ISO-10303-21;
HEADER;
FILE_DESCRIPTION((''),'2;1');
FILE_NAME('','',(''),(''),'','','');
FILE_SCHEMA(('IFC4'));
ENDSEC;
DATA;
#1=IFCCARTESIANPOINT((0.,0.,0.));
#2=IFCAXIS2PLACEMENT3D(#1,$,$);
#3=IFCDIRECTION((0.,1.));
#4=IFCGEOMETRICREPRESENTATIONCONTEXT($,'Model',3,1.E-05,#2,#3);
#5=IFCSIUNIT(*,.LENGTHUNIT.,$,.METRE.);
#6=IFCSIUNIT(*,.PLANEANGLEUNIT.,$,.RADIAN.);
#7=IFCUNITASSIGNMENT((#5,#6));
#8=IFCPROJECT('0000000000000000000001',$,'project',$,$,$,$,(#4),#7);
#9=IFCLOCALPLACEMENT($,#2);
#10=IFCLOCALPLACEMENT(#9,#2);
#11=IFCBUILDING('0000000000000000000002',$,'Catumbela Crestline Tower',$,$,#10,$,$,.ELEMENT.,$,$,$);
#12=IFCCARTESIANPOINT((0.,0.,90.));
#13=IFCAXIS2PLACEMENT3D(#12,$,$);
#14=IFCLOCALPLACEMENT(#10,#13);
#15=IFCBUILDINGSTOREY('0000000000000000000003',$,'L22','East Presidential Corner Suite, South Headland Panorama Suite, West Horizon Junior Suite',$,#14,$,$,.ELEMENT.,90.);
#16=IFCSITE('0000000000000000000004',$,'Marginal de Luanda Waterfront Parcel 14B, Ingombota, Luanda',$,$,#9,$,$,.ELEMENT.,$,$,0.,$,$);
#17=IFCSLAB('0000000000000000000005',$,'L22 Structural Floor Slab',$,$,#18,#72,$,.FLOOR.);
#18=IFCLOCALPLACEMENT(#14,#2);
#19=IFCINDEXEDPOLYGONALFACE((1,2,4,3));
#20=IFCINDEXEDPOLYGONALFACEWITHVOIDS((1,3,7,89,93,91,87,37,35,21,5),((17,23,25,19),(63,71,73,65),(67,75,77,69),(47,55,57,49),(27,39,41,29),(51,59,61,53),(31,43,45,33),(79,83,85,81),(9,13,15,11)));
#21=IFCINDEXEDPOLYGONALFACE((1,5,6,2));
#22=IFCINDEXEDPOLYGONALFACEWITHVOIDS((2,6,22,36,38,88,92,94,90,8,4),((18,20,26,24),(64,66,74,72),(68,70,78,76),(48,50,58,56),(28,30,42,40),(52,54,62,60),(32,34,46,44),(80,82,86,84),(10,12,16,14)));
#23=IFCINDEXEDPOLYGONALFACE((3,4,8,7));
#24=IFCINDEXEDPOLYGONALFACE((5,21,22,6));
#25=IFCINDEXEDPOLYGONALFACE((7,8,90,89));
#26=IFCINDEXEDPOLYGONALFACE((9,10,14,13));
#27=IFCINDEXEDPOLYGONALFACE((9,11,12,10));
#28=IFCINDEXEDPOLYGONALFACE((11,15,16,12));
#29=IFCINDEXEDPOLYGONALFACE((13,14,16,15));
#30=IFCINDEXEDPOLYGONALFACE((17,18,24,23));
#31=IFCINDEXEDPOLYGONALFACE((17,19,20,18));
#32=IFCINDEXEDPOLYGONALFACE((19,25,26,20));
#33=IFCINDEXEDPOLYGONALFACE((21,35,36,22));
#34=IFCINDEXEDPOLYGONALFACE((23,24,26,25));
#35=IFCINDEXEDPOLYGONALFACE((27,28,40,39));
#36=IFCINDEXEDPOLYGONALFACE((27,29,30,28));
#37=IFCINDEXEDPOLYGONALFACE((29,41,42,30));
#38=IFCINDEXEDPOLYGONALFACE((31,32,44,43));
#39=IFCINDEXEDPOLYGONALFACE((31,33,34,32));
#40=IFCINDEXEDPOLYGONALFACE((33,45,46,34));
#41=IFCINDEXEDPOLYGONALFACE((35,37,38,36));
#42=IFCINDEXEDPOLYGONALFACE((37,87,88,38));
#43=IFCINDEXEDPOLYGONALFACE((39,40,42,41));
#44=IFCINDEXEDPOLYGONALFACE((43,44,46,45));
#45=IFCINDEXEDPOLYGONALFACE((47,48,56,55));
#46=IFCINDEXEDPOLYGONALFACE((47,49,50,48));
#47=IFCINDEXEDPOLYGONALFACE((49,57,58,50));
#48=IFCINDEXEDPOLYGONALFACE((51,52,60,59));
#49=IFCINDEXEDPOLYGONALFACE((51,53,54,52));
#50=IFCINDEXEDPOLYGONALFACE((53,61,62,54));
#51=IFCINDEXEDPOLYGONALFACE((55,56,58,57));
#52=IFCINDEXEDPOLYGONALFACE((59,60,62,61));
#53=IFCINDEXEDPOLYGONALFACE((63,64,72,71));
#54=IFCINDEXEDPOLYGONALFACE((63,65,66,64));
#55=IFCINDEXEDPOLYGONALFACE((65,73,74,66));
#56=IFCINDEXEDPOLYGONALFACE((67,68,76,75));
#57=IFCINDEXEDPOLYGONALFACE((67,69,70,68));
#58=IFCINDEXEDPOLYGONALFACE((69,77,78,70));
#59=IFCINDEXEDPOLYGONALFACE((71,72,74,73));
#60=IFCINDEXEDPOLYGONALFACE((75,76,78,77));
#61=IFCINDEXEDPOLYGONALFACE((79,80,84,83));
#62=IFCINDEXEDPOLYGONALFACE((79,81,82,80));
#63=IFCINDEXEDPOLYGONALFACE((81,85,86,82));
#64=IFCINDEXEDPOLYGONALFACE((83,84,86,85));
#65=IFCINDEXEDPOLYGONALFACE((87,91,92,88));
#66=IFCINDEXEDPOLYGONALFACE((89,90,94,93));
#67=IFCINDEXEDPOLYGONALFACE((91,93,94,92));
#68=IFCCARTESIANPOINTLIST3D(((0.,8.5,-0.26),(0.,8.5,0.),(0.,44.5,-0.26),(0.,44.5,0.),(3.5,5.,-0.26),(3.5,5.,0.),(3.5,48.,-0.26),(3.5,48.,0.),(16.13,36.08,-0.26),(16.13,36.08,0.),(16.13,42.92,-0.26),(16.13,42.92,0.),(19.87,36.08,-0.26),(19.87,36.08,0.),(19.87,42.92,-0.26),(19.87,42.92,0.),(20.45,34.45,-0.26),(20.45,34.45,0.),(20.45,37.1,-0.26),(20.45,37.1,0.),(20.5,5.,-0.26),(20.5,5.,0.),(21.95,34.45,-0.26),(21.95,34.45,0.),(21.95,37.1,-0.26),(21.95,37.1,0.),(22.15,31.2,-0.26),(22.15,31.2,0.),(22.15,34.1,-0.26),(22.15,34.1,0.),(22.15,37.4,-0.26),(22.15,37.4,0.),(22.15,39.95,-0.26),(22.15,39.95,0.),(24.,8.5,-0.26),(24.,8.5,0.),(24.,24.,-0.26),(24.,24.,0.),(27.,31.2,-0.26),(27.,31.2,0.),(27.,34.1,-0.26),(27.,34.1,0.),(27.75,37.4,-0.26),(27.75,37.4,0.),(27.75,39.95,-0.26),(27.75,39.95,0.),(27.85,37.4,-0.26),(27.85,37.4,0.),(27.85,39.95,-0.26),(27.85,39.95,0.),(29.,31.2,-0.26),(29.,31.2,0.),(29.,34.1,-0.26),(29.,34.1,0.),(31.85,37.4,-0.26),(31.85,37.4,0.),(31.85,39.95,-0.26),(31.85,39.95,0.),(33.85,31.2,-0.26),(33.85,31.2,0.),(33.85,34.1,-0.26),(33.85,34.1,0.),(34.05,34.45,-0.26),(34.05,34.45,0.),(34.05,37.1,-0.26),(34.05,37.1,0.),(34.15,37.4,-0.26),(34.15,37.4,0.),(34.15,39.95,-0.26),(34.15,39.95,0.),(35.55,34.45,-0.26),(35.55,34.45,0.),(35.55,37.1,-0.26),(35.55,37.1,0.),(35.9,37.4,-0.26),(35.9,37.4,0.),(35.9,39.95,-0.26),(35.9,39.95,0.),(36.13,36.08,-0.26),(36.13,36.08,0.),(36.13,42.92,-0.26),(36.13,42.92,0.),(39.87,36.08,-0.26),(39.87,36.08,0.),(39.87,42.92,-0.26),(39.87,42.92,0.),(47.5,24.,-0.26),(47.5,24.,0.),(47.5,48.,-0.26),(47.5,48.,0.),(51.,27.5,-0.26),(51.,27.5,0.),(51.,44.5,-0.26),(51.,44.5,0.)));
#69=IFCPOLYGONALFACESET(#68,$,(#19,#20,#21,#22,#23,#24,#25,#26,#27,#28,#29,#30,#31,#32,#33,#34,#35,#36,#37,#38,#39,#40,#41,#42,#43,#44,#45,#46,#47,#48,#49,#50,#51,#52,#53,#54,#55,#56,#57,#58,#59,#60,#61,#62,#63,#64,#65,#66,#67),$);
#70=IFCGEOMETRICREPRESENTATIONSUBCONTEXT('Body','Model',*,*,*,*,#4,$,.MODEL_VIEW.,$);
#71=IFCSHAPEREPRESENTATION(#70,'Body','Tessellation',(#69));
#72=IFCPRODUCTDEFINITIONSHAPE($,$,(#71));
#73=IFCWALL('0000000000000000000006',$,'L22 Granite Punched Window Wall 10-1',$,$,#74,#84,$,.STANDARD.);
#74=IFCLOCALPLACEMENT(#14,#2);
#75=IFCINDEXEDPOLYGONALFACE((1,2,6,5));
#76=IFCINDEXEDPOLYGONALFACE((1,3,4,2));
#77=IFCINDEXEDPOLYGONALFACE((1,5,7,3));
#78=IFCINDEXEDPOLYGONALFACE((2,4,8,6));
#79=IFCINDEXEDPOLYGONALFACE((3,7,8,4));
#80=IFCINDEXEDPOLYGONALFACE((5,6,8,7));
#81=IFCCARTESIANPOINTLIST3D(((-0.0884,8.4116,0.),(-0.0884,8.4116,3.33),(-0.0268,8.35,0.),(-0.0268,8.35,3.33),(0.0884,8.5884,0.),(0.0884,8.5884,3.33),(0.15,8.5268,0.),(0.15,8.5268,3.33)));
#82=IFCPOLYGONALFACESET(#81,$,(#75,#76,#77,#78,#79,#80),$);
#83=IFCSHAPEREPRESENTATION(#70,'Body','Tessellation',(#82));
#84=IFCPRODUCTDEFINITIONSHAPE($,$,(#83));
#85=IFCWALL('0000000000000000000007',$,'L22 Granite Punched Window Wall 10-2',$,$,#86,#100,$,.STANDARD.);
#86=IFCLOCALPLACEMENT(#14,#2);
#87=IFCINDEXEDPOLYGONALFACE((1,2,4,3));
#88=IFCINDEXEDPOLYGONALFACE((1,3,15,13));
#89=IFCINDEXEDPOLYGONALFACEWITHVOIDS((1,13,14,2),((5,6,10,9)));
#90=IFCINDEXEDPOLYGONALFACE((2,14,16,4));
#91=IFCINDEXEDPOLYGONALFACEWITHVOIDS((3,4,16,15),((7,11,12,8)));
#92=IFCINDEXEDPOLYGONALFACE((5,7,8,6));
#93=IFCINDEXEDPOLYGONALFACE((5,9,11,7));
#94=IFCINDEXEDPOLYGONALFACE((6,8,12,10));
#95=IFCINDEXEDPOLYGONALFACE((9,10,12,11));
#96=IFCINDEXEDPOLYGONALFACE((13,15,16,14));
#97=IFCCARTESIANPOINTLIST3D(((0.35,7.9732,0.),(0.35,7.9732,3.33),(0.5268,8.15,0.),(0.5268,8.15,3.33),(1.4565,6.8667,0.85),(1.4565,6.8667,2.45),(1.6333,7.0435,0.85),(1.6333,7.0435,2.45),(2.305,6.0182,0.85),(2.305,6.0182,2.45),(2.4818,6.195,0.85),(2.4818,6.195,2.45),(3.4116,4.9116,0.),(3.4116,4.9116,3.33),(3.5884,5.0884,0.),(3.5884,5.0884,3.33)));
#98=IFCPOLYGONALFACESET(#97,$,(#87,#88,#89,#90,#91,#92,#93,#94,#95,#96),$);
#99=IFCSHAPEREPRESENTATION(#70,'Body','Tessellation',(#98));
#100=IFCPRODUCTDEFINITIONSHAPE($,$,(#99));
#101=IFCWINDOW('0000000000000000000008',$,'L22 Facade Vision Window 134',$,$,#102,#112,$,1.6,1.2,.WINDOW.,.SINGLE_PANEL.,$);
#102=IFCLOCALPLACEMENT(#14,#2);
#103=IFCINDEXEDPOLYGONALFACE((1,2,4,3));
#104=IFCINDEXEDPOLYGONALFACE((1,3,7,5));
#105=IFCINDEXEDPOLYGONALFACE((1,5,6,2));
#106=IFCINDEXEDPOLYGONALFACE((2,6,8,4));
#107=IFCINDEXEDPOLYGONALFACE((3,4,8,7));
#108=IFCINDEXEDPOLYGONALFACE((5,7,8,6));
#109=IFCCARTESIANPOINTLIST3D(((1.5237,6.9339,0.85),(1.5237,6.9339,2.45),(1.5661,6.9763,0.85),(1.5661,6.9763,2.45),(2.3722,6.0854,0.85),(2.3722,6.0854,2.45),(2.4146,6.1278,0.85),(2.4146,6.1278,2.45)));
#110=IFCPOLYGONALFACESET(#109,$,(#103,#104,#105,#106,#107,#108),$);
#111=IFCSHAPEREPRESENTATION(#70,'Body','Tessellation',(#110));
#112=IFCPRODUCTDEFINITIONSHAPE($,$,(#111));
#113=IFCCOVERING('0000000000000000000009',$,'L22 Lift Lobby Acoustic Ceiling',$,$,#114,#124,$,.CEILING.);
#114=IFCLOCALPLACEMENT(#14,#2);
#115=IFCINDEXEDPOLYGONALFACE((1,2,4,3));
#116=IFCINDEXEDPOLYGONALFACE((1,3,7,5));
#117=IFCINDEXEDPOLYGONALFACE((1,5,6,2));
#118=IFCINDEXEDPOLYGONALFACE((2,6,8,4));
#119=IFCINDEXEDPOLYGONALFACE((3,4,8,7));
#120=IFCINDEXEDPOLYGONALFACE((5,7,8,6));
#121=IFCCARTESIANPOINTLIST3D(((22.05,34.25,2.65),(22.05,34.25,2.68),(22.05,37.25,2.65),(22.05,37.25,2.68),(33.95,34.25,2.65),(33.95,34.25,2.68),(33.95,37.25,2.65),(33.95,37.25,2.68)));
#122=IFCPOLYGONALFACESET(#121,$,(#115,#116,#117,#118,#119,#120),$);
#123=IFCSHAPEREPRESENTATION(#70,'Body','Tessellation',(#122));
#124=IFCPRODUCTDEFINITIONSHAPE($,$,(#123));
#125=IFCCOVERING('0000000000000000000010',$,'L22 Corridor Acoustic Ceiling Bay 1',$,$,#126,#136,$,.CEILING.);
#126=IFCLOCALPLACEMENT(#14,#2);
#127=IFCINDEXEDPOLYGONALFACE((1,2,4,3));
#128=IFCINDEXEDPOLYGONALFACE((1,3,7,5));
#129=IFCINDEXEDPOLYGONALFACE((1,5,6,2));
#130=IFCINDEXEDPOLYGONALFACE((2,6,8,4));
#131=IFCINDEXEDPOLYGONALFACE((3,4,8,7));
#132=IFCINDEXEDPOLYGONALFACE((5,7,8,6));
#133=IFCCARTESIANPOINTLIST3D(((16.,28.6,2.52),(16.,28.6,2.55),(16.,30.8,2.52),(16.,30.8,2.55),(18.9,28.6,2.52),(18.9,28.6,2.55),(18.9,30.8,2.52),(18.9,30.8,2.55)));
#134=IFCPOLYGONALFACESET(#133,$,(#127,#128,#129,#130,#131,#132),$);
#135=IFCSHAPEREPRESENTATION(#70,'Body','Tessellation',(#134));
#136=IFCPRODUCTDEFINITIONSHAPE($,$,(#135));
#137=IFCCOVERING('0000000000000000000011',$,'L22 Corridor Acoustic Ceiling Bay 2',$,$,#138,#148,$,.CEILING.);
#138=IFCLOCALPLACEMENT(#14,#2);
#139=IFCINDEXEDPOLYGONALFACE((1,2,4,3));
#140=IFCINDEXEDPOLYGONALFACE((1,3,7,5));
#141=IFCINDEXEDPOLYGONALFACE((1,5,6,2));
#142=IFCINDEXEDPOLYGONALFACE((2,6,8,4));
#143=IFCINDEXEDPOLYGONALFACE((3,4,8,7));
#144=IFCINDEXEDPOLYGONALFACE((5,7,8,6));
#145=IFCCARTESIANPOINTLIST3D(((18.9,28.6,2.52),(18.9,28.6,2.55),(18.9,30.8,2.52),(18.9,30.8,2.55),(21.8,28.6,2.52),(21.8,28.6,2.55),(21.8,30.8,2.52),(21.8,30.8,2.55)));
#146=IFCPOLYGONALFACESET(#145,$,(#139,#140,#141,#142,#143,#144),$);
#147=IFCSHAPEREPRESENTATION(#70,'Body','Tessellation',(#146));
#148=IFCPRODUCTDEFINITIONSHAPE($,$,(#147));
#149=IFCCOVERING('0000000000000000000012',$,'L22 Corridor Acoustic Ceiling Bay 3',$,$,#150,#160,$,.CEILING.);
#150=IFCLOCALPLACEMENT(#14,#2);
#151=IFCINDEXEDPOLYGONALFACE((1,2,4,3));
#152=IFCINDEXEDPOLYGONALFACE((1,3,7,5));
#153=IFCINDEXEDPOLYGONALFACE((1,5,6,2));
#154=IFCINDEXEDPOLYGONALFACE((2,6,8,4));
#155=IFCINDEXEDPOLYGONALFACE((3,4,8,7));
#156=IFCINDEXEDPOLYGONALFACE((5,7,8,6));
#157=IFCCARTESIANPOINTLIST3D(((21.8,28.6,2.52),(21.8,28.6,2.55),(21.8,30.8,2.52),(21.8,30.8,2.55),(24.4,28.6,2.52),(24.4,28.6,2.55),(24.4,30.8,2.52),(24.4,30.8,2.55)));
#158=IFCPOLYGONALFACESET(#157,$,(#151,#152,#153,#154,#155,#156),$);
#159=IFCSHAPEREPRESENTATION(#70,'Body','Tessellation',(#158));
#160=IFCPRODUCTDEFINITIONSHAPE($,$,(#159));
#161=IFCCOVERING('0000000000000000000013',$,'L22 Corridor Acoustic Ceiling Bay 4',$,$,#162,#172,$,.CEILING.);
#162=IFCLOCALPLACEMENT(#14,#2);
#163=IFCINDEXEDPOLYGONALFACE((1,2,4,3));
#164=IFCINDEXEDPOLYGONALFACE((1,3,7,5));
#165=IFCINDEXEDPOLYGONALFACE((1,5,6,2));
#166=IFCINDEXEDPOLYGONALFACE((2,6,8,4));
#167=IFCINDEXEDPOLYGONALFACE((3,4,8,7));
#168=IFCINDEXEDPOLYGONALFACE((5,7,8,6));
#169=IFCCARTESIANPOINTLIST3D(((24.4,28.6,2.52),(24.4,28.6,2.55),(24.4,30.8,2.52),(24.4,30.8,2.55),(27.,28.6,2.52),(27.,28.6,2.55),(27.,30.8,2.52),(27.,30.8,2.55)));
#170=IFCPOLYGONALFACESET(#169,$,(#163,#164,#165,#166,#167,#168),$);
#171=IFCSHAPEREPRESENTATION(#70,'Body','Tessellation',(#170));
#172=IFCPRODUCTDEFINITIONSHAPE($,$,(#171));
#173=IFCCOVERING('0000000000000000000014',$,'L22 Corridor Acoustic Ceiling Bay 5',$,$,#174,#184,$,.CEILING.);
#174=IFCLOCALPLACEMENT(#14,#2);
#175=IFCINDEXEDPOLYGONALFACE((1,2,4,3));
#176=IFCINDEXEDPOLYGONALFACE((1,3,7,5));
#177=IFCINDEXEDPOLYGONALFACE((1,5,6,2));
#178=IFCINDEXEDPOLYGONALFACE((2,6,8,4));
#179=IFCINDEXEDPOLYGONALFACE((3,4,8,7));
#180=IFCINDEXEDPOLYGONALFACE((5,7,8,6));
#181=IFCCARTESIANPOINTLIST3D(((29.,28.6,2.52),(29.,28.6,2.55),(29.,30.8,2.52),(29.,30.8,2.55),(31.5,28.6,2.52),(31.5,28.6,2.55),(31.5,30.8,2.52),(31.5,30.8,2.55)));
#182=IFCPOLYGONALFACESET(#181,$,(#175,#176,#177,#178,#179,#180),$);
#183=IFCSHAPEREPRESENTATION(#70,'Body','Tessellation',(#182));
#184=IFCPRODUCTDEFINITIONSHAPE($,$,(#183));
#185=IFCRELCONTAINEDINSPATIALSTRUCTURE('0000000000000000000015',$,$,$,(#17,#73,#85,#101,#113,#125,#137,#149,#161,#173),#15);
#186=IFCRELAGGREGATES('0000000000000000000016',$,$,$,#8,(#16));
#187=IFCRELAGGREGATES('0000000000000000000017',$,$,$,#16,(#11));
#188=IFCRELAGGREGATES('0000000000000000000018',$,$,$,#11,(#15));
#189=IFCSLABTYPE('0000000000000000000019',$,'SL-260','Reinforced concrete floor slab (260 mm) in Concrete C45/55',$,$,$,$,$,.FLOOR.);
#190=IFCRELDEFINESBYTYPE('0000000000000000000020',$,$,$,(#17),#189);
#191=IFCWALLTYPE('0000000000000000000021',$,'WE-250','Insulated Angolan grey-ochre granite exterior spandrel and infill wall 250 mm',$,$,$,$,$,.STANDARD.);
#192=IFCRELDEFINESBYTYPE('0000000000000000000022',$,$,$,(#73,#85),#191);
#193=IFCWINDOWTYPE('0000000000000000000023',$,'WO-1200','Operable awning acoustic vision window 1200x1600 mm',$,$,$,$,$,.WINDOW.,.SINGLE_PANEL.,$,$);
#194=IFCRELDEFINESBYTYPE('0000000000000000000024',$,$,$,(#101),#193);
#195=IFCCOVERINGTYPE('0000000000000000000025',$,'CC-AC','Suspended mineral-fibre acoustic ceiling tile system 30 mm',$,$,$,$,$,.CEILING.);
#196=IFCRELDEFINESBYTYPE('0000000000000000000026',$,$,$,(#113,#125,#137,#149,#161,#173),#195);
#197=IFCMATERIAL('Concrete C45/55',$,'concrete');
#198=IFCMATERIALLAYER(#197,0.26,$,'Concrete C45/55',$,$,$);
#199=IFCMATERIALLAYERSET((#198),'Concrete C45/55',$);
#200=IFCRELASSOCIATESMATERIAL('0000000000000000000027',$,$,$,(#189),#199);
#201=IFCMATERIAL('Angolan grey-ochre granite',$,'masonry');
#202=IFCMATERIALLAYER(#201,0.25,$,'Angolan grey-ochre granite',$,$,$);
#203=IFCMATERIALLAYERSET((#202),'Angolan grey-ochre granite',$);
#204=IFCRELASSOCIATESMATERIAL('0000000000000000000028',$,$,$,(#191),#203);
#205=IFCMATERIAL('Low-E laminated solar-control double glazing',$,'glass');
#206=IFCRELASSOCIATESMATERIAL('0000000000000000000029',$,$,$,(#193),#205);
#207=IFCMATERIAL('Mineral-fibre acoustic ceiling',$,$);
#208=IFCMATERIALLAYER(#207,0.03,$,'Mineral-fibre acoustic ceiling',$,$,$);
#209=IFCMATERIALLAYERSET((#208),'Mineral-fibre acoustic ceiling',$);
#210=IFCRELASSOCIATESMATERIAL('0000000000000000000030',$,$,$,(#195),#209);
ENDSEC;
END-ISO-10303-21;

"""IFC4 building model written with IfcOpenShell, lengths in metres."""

from ifc_helpers import new_model, si_unit, direction, frame, frame_2d, origin, place, context, subcontext, project, spatial, polyline, rectangle, outline, extrude, material, layer, layer_set, type_object, element, fill, save


model = new_model("IFC4")

# Units and contexts
model_context = context("Model", 3, precision=1e-05, world=origin(), true_north=direction((0.0, 1.0)))
body_context = subcontext(model_context, "Body", "Model", "MODEL_VIEW")
ifc_project = project(units=[si_unit("LENGTHUNIT", "METRE"), si_unit("PLANEANGLEUNIT", "RADIAN")], contexts=[model_context])

# Site, building, storey
site_placement = place(None, origin())
site = spatial("IfcSite", under=ifc_project, at=site_placement, Name="Marginal de Luanda Waterfront Parcel 14B, Ingombota, Luanda", CompositionType="ELEMENT", RefElevation=0.0)
building_placement = place(site_placement, origin())
building = spatial("IfcBuilding", under=site, at=building_placement, Name="Catumbela Crestline Tower", CompositionType="ELEMENT")
storey_placement = place(building_placement, frame((0.0, 0.0, 90.0)))
storey = spatial("IfcBuildingStorey", under=building, at=storey_placement, Name="L22", Description="East Presidential Corner Suite, South Headland Panorama Suite, West Horizon Junior Suite", CompositionType="ELEMENT", Elevation=90.0)

# Shared definitions
ifc_material_1 = material(Name="Concrete C45/55", Category="concrete")

# Slab
ifc_layer_1 = layer(ifc_material_1, 0.26, Name="Concrete C45/55")
ifc_layer_set_1 = layer_set([ifc_layer_1], Name="Concrete C45/55")
slab_type_1 = type_object("IfcSlabType", Name="SL-260", Description="Reinforced concrete floor slab (260 mm) in Concrete C45/55", PredefinedType="FLOOR", material=ifc_layer_set_1)
slab_1_placement = place(storey_placement, frame((0.0, 0.0, -0.26)))
element("IfcSlab", 1, at=slab_1_placement, inside=storey, type_object=slab_type_1, Name="L22 Structural Floor Slab", PredefinedType="FLOOR", context=body_context, shape_type="SweptSolid", body=[
    extrude(outline(polyline([(3.5, 5.0), (20.5, 5.0), (24.0, 8.5), (24.0, 24.0), (47.5, 24.0), (51.0, 27.5), (51.0, 44.5), (47.5, 48.0), (3.5, 48.0), (0.0, 44.5), (0.0, 8.5), (3.5, 5.0)]), holes=[polyline([(16.13, 36.08), (19.87, 36.08), (19.87, 42.92), (16.13, 42.92), (16.13, 36.08)]), polyline([(36.13, 36.08), (39.87, 36.08), (39.87, 42.92), (36.13, 42.92), (36.13, 36.08)]), polyline([(22.15, 31.2), (27.0, 31.2), (27.0, 34.1), (22.15, 34.1), (22.15, 31.2)]), polyline([(29.0, 31.2), (33.85, 31.2), (33.85, 34.1), (29.0, 34.1), (29.0, 31.2)]), polyline([(22.15, 37.4), (27.75, 37.4), (27.75, 39.95), (22.15, 39.95), (22.15, 37.4)]), polyline([(27.85, 37.4), (31.85, 37.4), (31.85, 39.95), (27.85, 39.95), (27.85, 37.4)]), polyline([(20.45, 34.45), (21.95, 34.45), (21.95, 37.1), (20.45, 37.1), (20.45, 34.45)]), polyline([(34.05, 34.45), (35.55, 34.45), (35.55, 37.1), (34.05, 37.1), (34.05, 34.45)]), polyline([(34.15, 37.4), (35.9, 37.4), (35.9, 39.95), (34.15, 39.95), (34.15, 37.4)])]), origin(), (0.0, 0.0, 1.0), 0.26),
])

# Wall
ifc_material_2 = material(Name="Angolan grey-ochre granite", Category="masonry")
ifc_layer_2 = layer(ifc_material_2, 0.25, Name="Angolan grey-ochre granite")
ifc_layer_set_2 = layer_set([ifc_layer_2], Name="Angolan grey-ochre granite")
wall_type = type_object("IfcWallType", Name="WE-250", Description="Insulated Angolan grey-ochre granite exterior spandrel and infill wall 250 mm", PredefinedType="STANDARD", material=ifc_layer_set_2)
wall_1_placement = place(storey_placement, frame((0.0, 8.5, 0.0), z_axis=(0.0, 0.0, 1.0), x_axis=(0.707107, -0.707107, 0.0)))
element("IfcWall", 2, at=wall_1_placement, inside=storey, type_object=wall_type, Name="L22 Granite Punched Window Wall 10-1", PredefinedType="STANDARD", context=body_context, shape_type="SweptSolid", body=[
    extrude(rectangle(XDim=0.0871, YDim=0.25, at=frame_2d((0.0436, 0.0))), origin(), (0.0, 0.0, 1.0), 3.33),
])

# Wall, opening, window
wall_2_placement = place(storey_placement, frame((0.4384, 8.0616, 0.0), z_axis=(0.0, 0.0, 1.0), x_axis=(0.707107, -0.707107, 0.0)))
wall_2 = element("IfcWall", 3, at=wall_2_placement, inside=storey, type_object=wall_type, Name="L22 Granite Punched Window Wall 10-2", PredefinedType="STANDARD", context=body_context, shape_type="SweptSolid", body=[
    extrude(rectangle(XDim=4.3298, YDim=0.25, at=frame_2d((2.1649, 0.0))), origin(), (0.0, 0.0, 1.0), 3.33),
])
opening_placement = place(wall_2_placement, frame((1.5648, 0.0, 0.85)))
opening = element("IfcOpeningElement", 4, at=opening_placement, cuts=wall_2, PredefinedType="OPENING", context=body_context, shape_type="SweptSolid", body=[
    extrude(rectangle(XDim=1.2, YDim=1.6, at=frame_2d((0.6, 0.8))), frame((0.0, 0.135, 0.0), z_axis=(0.0, -1.0, 0.0), x_axis=(1.0, 0.0, 0.0)), (0.0, 0.0, 1.0), 0.27),
])
ifc_material_3 = material(Name="Low-E laminated solar-control double glazing", Category="glass")
window_type = type_object("IfcWindowType", Name="WO-1200", Description="Operable awning acoustic vision window 1200x1600 mm", PartitioningType="SINGLE_PANEL", PredefinedType="WINDOW", material=ifc_material_3)
window_placement = place(opening_placement, origin())
window = element("IfcWindow", 5, at=window_placement, inside=storey, type_object=window_type, Name="L22 Facade Vision Window 134", OverallHeight=1.6, OverallWidth=1.2, PartitioningType="SINGLE_PANEL", PredefinedType="WINDOW", context=body_context, shape_type="SweptSolid", body=[
    extrude(rectangle(XDim=1.2, YDim=1.6, at=frame_2d((0.6, 0.8))), frame((0.0, 0.03, 0.0), z_axis=(0.0, -1.0, 0.0), x_axis=(1.0, 0.0, 0.0)), (0.0, 0.0, 1.0), 0.06),
])
fill(opening, window)

# Coverings
ifc_material_4 = material(Name="Mineral-fibre acoustic ceiling")
ifc_layer_3 = layer(ifc_material_4, 0.03, Name="Mineral-fibre acoustic ceiling")
ifc_layer_set_3 = layer_set([ifc_layer_3], Name="Mineral-fibre acoustic ceiling")
covering_type_1 = type_object("IfcCoveringType", Name="CC-AC", Description="Suspended mineral-fibre acoustic ceiling tile system 30 mm", PredefinedType="CEILING", material=ifc_layer_set_3)
covering_1_placement = place(storey_placement, frame((0.0, 0.0, 2.65)))
element("IfcCovering", 6, at=covering_1_placement, inside=storey, type_object=covering_type_1, Name="L22 Lift Lobby Acoustic Ceiling", PredefinedType="CEILING", context=body_context, shape_type="SweptSolid", body=[
    extrude(outline(polyline([(22.05, 34.25), (33.95, 34.25), (33.95, 37.25), (22.05, 37.25), (22.05, 34.25)])), origin(), (0.0, 0.0, 1.0), 0.03),
])
covering_2_placement = place(storey_placement, frame((0.0, 0.0, 2.52)))
element("IfcCovering", 7, at=covering_2_placement, inside=storey, type_object=covering_type_1, Name="L22 Corridor Acoustic Ceiling Bay 1", PredefinedType="CEILING", context=body_context, shape_type="SweptSolid", body=[
    extrude(outline(polyline([(16.0, 28.6), (18.9, 28.6), (18.9, 30.8), (16.0, 30.8), (16.0, 28.6)])), origin(), (0.0, 0.0, 1.0), 0.03),
])
covering_3_placement = place(storey_placement, frame((0.0, 0.0, 2.52)))
element("IfcCovering", 8, at=covering_3_placement, inside=storey, type_object=covering_type_1, Name="L22 Corridor Acoustic Ceiling Bay 2", PredefinedType="CEILING", context=body_context, shape_type="SweptSolid", body=[
    extrude(outline(polyline([(18.9, 28.6), (21.8, 28.6), (21.8, 30.8), (18.9, 30.8), (18.9, 28.6)])), origin(), (0.0, 0.0, 1.0), 0.03),
])
covering_4_placement = place(storey_placement, frame((0.0, 0.0, 2.52)))
element("IfcCovering", 9, at=covering_4_placement, inside=storey, type_object=covering_type_1, Name="L22 Corridor Acoustic Ceiling Bay 3", PredefinedType="CEILING", context=body_context, shape_type="SweptSolid", body=[
    extrude(outline(polyline([(21.8, 28.6), (24.4, 28.6), (24.4, 30.8), (21.8, 30.8), (21.8, 28.6)])), origin(), (0.0, 0.0, 1.0), 0.03),
])
covering_5_placement = place(storey_placement, frame((0.0, 0.0, 2.52)))
element("IfcCovering", 10, at=covering_5_placement, inside=storey, type_object=covering_type_1, Name="L22 Corridor Acoustic Ceiling Bay 4", PredefinedType="CEILING", context=body_context, shape_type="SweptSolid", body=[
    extrude(outline(polyline([(24.4, 28.6), (27.0, 28.6), (27.0, 30.8), (24.4, 30.8), (24.4, 28.6)])), origin(), (0.0, 0.0, 1.0), 0.03),
])
covering_6_placement = place(storey_placement, frame((0.0, 0.0, 2.52)))
element("IfcCovering", 11, at=covering_6_placement, inside=storey, type_object=covering_type_1, Name="L22 Corridor Acoustic Ceiling Bay 5", PredefinedType="CEILING", context=body_context, shape_type="SweptSolid", body=[
    extrude(outline(polyline([(29.0, 28.6), (31.5, 28.6), (31.5, 30.8), (29.0, 30.8), (29.0, 28.6)])), origin(), (0.0, 0.0, 1.0), 0.03),
])

save(model, "model.ifc")
